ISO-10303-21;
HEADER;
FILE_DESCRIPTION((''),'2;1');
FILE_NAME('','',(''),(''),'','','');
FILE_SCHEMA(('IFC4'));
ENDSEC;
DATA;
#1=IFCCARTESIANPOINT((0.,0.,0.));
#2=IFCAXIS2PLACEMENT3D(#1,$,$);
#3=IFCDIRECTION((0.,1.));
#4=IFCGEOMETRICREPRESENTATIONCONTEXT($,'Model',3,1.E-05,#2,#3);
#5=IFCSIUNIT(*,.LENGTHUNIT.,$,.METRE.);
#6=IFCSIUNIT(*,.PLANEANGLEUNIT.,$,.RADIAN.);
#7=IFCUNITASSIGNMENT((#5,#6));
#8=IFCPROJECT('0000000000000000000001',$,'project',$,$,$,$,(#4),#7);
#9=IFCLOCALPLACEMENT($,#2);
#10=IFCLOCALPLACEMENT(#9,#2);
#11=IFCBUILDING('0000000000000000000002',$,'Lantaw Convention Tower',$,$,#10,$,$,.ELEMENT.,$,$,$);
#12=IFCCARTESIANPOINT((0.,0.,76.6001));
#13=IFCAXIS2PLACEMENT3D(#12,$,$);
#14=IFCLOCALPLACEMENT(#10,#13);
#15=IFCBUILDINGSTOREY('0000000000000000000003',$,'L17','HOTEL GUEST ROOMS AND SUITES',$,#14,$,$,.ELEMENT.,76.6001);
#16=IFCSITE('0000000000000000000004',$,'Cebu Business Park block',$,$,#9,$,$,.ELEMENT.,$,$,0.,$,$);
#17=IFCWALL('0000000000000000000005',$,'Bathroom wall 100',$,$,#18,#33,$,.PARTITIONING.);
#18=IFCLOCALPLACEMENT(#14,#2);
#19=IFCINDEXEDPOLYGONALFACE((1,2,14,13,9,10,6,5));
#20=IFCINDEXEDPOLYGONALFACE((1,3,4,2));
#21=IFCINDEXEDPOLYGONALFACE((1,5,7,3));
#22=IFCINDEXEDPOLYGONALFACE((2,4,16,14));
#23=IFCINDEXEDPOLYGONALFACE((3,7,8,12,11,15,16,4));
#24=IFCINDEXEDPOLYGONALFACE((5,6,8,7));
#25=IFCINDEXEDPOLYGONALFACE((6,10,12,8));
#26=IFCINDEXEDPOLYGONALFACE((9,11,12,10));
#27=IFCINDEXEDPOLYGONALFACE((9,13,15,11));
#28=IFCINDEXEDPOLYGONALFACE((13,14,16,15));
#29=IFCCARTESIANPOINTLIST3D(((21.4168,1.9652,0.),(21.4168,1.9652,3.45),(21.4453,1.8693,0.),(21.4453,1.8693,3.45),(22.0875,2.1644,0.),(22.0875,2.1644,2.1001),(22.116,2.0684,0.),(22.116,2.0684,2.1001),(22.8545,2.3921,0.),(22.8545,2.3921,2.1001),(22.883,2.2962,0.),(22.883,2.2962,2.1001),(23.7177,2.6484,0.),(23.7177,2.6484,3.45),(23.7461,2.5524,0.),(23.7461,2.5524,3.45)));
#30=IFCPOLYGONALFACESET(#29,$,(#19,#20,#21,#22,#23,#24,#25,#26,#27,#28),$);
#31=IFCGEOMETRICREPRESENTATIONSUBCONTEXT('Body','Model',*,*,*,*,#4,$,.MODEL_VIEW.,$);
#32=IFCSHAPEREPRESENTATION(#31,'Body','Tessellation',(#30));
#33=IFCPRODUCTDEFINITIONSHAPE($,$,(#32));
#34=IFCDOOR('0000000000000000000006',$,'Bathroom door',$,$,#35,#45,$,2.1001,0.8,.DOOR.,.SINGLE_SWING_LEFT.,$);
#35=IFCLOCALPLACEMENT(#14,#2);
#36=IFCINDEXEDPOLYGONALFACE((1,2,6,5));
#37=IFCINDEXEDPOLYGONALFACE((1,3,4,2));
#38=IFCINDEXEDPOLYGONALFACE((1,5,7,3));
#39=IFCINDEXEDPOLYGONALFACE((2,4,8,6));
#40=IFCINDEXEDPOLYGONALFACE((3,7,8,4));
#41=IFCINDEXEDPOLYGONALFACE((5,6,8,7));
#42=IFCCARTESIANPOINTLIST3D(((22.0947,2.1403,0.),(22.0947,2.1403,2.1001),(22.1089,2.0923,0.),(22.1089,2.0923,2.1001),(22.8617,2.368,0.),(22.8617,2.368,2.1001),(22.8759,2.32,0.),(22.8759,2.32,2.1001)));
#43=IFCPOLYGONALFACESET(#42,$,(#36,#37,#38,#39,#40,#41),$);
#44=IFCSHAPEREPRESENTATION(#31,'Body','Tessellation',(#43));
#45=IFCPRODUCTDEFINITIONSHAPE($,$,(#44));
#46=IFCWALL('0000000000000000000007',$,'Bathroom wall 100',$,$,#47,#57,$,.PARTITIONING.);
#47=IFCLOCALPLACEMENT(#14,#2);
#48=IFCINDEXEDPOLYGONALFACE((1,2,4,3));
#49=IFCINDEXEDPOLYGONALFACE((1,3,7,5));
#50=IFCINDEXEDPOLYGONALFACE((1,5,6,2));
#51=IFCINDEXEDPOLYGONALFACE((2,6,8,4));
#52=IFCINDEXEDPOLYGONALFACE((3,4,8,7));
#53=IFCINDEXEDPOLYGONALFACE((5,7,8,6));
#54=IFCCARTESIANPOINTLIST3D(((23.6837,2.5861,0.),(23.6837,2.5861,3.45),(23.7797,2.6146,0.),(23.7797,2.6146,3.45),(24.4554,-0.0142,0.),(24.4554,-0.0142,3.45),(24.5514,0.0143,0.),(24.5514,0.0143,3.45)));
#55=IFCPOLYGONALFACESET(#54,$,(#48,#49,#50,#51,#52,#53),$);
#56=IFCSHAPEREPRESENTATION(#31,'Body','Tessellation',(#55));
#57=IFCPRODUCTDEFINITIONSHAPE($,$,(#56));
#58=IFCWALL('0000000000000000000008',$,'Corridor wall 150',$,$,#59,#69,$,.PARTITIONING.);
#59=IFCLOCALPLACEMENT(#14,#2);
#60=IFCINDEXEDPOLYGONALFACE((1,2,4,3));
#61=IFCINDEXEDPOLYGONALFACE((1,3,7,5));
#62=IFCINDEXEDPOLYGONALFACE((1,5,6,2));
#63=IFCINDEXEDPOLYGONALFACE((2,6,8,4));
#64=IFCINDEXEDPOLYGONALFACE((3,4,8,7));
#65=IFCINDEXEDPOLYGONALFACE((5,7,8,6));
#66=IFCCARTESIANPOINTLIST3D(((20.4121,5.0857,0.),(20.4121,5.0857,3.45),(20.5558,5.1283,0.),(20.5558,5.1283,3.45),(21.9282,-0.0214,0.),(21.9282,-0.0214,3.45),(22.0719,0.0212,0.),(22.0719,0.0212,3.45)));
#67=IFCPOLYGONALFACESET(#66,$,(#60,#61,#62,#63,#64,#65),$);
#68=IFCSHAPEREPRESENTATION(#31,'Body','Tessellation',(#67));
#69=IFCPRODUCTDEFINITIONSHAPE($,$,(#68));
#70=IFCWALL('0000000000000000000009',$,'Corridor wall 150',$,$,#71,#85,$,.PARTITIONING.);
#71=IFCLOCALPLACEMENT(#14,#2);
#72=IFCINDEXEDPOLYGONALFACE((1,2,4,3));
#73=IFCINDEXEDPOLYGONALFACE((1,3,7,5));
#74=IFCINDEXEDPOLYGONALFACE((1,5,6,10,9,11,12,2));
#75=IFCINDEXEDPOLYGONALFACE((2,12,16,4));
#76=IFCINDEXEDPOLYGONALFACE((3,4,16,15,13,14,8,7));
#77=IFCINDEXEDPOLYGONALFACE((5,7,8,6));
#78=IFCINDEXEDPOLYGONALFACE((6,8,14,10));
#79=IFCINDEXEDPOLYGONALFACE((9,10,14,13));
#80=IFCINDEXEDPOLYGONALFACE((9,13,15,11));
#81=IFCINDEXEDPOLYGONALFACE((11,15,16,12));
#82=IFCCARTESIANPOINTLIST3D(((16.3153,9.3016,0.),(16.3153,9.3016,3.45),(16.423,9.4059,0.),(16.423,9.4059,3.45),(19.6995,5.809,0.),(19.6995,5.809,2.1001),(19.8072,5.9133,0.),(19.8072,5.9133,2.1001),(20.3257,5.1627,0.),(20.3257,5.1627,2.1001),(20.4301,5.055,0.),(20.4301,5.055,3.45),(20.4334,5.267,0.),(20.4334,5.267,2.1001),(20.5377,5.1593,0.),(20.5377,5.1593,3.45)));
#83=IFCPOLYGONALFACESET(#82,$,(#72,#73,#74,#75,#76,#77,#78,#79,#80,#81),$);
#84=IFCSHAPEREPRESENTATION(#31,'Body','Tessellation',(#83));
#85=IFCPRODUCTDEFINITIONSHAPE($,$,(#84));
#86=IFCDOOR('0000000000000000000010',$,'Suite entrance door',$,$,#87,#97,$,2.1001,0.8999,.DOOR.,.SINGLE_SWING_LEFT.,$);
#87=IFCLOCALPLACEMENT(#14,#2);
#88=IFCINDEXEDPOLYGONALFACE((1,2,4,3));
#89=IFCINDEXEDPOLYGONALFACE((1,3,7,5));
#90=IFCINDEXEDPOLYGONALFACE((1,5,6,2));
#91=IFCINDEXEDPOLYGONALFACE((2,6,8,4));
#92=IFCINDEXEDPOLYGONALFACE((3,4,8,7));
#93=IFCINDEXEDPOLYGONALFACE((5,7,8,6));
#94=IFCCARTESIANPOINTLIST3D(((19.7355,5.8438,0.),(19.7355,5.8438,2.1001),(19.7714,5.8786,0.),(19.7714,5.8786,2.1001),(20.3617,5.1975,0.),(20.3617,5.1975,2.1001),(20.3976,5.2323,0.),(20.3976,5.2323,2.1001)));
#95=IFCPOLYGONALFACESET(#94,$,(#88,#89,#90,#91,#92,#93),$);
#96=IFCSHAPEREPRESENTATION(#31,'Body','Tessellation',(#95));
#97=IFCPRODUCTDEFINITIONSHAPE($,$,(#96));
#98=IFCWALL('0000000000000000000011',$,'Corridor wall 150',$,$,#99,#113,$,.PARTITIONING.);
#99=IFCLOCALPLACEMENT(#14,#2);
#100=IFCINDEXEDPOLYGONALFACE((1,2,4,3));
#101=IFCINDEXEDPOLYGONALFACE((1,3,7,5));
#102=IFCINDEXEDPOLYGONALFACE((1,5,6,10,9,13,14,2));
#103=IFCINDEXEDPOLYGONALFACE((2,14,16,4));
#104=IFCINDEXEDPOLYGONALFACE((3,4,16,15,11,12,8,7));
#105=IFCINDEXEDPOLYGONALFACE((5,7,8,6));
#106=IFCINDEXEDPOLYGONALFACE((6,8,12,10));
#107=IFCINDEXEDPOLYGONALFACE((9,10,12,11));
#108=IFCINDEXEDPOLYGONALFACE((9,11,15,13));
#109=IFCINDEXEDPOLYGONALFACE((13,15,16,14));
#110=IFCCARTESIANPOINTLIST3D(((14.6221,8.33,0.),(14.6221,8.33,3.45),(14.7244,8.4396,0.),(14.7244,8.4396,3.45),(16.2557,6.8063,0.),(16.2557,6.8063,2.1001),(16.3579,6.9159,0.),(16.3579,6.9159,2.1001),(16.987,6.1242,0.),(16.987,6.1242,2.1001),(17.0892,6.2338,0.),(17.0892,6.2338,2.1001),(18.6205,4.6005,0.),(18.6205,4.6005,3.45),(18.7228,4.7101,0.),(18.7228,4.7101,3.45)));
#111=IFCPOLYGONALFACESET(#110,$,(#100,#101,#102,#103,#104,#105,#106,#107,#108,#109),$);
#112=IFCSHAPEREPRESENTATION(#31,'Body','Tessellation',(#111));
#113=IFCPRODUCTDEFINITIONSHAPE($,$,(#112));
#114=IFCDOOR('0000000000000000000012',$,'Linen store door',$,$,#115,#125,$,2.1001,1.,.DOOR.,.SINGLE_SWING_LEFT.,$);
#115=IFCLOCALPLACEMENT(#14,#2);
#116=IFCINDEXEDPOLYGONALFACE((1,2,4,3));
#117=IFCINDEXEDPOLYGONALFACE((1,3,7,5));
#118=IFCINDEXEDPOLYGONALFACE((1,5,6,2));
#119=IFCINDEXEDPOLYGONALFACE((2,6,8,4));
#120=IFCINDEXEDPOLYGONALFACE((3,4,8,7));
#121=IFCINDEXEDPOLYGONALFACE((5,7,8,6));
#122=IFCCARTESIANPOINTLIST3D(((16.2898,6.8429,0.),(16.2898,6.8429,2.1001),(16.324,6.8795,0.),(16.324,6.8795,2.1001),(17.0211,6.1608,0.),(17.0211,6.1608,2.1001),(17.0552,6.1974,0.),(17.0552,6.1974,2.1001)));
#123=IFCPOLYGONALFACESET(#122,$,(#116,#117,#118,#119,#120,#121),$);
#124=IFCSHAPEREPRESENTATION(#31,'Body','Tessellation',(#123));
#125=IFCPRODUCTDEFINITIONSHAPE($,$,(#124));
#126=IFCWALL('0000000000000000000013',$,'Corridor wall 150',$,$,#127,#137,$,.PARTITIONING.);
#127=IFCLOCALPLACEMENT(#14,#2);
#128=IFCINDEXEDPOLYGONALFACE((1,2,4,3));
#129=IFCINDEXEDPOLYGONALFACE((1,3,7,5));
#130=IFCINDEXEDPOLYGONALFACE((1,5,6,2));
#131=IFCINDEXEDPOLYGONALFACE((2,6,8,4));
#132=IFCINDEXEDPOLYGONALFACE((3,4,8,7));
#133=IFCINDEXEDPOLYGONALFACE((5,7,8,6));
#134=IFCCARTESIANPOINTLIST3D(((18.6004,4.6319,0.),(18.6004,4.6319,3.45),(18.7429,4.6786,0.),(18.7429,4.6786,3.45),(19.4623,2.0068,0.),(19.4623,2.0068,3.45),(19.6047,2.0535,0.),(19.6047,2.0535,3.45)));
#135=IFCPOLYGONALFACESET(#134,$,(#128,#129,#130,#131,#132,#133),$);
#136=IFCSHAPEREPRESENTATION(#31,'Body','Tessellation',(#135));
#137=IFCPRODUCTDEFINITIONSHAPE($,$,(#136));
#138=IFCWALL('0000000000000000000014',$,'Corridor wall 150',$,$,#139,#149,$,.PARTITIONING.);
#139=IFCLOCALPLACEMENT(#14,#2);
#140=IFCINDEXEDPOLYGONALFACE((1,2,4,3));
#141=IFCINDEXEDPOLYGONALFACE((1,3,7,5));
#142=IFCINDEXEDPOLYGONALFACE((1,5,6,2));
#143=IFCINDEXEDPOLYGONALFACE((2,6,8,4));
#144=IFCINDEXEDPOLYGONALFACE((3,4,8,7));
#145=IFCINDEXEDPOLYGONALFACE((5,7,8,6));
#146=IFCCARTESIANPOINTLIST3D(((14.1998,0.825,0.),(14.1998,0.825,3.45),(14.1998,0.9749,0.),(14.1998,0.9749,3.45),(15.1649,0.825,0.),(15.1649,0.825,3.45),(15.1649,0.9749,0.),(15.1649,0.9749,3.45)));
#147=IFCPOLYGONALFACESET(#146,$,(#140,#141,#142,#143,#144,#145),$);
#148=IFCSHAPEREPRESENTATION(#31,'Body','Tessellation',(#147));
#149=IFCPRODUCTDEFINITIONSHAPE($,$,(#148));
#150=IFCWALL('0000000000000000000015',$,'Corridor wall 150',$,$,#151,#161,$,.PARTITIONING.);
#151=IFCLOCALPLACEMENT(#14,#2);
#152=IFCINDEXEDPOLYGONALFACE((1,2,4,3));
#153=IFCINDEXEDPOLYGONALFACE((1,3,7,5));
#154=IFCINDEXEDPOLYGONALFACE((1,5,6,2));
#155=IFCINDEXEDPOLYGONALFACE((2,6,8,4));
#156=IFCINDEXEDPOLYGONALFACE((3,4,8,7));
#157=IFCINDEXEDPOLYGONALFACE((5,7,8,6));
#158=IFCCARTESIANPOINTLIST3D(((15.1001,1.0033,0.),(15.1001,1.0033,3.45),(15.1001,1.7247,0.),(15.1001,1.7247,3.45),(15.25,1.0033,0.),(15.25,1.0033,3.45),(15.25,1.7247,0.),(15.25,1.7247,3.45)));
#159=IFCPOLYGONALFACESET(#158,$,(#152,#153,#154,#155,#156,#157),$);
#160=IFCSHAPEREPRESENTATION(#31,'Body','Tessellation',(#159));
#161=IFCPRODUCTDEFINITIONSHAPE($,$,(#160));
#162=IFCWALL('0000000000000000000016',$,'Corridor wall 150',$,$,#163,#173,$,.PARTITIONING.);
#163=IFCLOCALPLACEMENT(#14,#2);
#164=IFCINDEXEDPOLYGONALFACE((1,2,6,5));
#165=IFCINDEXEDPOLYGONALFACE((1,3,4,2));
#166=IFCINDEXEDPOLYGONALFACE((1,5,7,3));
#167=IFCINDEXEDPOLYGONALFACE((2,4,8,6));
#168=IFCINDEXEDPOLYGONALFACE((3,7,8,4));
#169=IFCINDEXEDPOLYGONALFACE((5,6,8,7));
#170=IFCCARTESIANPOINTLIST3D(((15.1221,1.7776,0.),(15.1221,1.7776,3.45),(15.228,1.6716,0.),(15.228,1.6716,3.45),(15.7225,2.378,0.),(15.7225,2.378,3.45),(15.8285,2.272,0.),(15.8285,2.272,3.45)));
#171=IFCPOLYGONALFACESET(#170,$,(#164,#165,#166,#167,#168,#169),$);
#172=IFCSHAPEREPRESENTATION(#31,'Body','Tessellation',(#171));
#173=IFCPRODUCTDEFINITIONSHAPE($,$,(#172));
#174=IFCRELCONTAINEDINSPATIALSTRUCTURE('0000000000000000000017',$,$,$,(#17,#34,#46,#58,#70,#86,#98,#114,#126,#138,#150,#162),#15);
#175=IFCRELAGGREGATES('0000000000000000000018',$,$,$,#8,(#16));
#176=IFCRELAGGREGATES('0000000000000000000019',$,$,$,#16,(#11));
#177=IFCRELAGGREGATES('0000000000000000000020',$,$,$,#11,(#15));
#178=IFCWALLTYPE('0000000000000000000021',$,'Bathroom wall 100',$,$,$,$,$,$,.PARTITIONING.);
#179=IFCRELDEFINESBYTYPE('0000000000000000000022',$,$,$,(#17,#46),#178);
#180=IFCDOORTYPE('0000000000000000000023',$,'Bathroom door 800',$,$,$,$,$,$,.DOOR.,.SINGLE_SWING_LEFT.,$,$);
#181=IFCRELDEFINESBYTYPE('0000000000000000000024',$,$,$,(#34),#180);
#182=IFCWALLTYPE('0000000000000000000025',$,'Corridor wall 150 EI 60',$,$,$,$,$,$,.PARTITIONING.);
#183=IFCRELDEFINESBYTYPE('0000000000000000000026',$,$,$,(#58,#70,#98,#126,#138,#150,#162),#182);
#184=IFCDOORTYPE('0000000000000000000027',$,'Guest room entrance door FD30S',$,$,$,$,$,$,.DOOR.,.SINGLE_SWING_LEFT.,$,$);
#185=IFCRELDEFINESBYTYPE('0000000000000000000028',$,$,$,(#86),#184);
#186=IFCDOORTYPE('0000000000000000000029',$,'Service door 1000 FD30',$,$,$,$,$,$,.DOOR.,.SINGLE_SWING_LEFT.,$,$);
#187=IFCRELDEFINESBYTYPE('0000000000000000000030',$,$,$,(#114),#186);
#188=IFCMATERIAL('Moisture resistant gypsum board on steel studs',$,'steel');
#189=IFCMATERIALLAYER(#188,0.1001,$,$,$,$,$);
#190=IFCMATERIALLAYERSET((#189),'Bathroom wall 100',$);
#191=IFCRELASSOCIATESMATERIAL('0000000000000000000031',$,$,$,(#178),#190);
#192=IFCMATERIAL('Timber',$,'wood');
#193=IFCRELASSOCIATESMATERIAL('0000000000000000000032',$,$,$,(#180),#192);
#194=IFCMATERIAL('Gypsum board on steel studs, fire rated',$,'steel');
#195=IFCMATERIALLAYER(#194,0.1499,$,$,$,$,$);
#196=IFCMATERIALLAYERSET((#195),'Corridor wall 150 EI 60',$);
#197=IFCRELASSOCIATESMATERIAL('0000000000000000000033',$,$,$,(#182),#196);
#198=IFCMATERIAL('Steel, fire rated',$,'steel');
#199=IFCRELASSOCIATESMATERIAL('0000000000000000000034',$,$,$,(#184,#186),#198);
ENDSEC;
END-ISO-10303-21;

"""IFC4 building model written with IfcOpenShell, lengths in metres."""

from ifc_helpers import new_model, si_unit, direction, frame, frame_2d, origin, place, context, subcontext, project, spatial, rectangle, extrude, material, layer, layer_set, type_object, element, fill, save


model = new_model("IFC4")

# Units and contexts
model_context = context("Model", 3, precision=1e-05, world=origin(), true_north=direction((0.0, 1.0)))
body_context = subcontext(model_context, "Body", "Model", "MODEL_VIEW")
ifc_project = project(units=[si_unit("LENGTHUNIT", "METRE"), si_unit("PLANEANGLEUNIT", "RADIAN")], contexts=[model_context])

# Site, building, storey
site_placement = place(None, origin())
site = spatial("IfcSite", under=ifc_project, at=site_placement, Name="Cebu Business Park block", CompositionType="ELEMENT", RefElevation=0.0)
building_placement = place(site_placement, origin())
building = spatial("IfcBuilding", under=site, at=building_placement, Name="Lantaw Convention Tower", CompositionType="ELEMENT")
storey_placement = place(building_placement, frame((0.0, 0.0, 76.6001)))
storey = spatial("IfcBuildingStorey", under=building, at=storey_placement, Name="L17", Description="HOTEL GUEST ROOMS AND SUITES", CompositionType="ELEMENT", Elevation=76.6001)

# Wall, opening, door
ifc_material_1 = material(Name="Moisture resistant gypsum board on steel studs", Category="steel")
ifc_layer_1 = layer(ifc_material_1, 0.1001)
ifc_layer_set_1 = layer_set([ifc_layer_1], Name="Bathroom wall 100")
wall_type_1 = type_object("IfcWallType", Name="Bathroom wall 100", PredefinedType="PARTITIONING", material=ifc_layer_set_1)
wall_1_placement = place(storey_placement, frame((21.4309, 1.9172, 0.0), z_axis=(0.0, 0.0, 1.0), x_axis=(0.95864, 0.284622, 0.0)))
wall_1 = element("IfcWall", 1, at=wall_1_placement, inside=storey, type_object=wall_type_1, Name="Bathroom wall 100", PredefinedType="PARTITIONING", context=body_context, shape_type="SweptSolid", body=[
    extrude(rectangle(XDim=2.4001, YDim=0.1001, at=frame_2d((1.2002, 0.0))), origin(), (0.0, 0.0, 1.0), 3.45),
])
opening_1_placement = place(wall_1_placement, frame((0.7, 0.0, 0.0)))
opening_1 = element("IfcOpeningElement", 2, at=opening_1_placement, cuts=wall_1, PredefinedType="OPENING", context=body_context, shape_type="SweptSolid", body=[
    extrude(rectangle(XDim=0.8, YDim=2.1001, at=frame_2d((0.3999, 1.05))), frame((0.0, 0.0601, 0.0), z_axis=(0.0, -1.0, 0.0), x_axis=(1.0, 0.0, 0.0)), (0.0, 0.0, 1.0), 0.1201),
])
ifc_material_2 = material(Name="Timber", Category="wood")
door_type_1 = type_object("IfcDoorType", Name="Bathroom door 800", OperationType="SINGLE_SWING_LEFT", PredefinedType="DOOR", material=ifc_material_2)
door_1_placement = place(opening_1_placement, origin())
door_1 = element("IfcDoor", 3, at=door_1_placement, inside=storey, type_object=door_type_1, Name="Bathroom door", OperationType="SINGLE_SWING_LEFT", OverallHeight=2.1001, OverallWidth=0.8, PredefinedType="DOOR", context=body_context, shape_type="SweptSolid", body=[
    extrude(rectangle(XDim=0.8, YDim=2.1001, at=frame_2d((0.3999, 1.05))), frame((0.0, 0.0249, 0.0), z_axis=(0.0, -1.0, 0.0), x_axis=(1.0, 0.0, 0.0)), (0.0, 0.0, 1.0), 0.05),
])
fill(opening_1, door_1)

# Walls
wall_2_placement = place(storey_placement, frame((23.7317, 2.6003, 0.0), z_axis=(0.0, 0.0, 1.0), x_axis=(0.284514, -0.958672, 0.0)))
element("IfcWall", 4, at=wall_2_placement, inside=storey, type_object=wall_type_1, Name="Bathroom wall 100", PredefinedType="PARTITIONING", context=body_context, shape_type="SweptSolid", body=[
    extrude(rectangle(XDim=2.7124, YDim=0.1001, at=frame_2d((1.3562, 0.0))), origin(), (0.0, 0.0, 1.0), 3.45),
])
ifc_material_3 = material(Name="Gypsum board on steel studs, fire rated", Category="steel")
ifc_layer_2 = layer(ifc_material_3, 0.1499)
ifc_layer_set_2 = layer_set([ifc_layer_2], Name="Corridor wall 150 EI 60")
wall_type_2 = type_object("IfcWallType", Name="Corridor wall 150 EI 60", PredefinedType="PARTITIONING", material=ifc_layer_set_2)
wall_3_placement = place(storey_placement, frame((22.0, 0.0, 0.0), z_axis=(0.0, 0.0, 1.0), x_axis=(-0.284584, 0.958651, 0.0)))
element("IfcWall", 5, at=wall_3_placement, inside=storey, type_object=wall_type_2, Name="Corridor wall 150", PredefinedType="PARTITIONING", context=body_context, shape_type="SweptSolid", body=[
    extrude(rectangle(XDim=5.3274, YDim=0.1499, at=frame_2d((2.6636, 0.0))), origin(), (0.0, 0.0, 1.0), 3.45),
])

# Walls, openings, doors
wall_4_placement = place(storey_placement, frame((20.4839, 5.1072, 0.0), z_axis=(0.0, 0.0, 1.0), x_axis=(-0.695871, 0.718167, 0.0)))
wall_4 = element("IfcWall", 6, at=wall_4_placement, inside=storey, type_object=wall_type_2, Name="Corridor wall 150", PredefinedType="PARTITIONING", context=body_context, shape_type="SweptSolid", body=[
    extrude(rectangle(XDim=5.9131, YDim=0.1499, at=frame_2d((2.9565, 0.0))), origin(), (0.0, 0.0, 1.0), 3.45),
])
opening_2_placement = place(wall_4_placement, frame((0.1499, 0.0, 0.0)))
opening_2 = element("IfcOpeningElement", 7, at=opening_2_placement, cuts=wall_4, PredefinedType="OPENING", context=body_context, shape_type="SweptSolid", body=[
    extrude(rectangle(XDim=0.8999, YDim=2.1001, at=frame_2d((0.45, 1.05))), frame((0.0, 0.085, 0.0), z_axis=(0.0, -1.0, 0.0), x_axis=(1.0, 0.0, 0.0)), (0.0, 0.0, 1.0), 0.1699),
])
ifc_material_4 = material(Name="Steel, fire rated", Category="steel")
door_type_2 = type_object("IfcDoorType", Name="Guest room entrance door FD30S", OperationType="SINGLE_SWING_LEFT", PredefinedType="DOOR", material=ifc_material_4)
door_2_placement = place(opening_2_placement, origin())
door_2 = element("IfcDoor", 8, at=door_2_placement, inside=storey, type_object=door_type_2, Name="Suite entrance door", OperationType="SINGLE_SWING_LEFT", OverallHeight=2.1001, OverallWidth=0.8999, PredefinedType="DOOR", context=body_context, shape_type="SweptSolid", body=[
    extrude(rectangle(XDim=0.8999, YDim=2.1001, at=frame_2d((0.45, 1.05))), frame((0.0, 0.0249, 0.0), z_axis=(0.0, -1.0, 0.0), x_axis=(1.0, 0.0, 0.0)), (0.0, 0.0, 1.0), 0.05),
])
fill(opening_2, door_2)
wall_5_placement = place(storey_placement, frame((18.6716, 4.6553, 0.0), z_axis=(0.0, 0.0, 1.0), x_axis=(-0.73126, 0.682099, 0.0)))
wall_5 = element("IfcWall", 9, at=wall_5_placement, inside=storey, type_object=wall_type_2, Name="Corridor wall 150", PredefinedType="PARTITIONING", context=body_context, shape_type="SweptSolid", body=[
    extrude(rectangle(XDim=5.4678, YDim=0.1499, at=frame_2d((2.7339, 0.0))), origin(), (0.0, 0.0, 1.0), 3.45),
])
opening_3_placement = place(wall_5_placement, frame((2.2339, 0.0, 0.0)))
opening_3 = element("IfcOpeningElement", 10, at=opening_3_placement, cuts=wall_5, PredefinedType="OPENING", context=body_context, shape_type="SweptSolid", body=[
    extrude(rectangle(XDim=1.0, YDim=2.1001, at=frame_2d((0.5, 1.05))), frame((0.0, 0.085, 0.0), z_axis=(0.0, -1.0, 0.0), x_axis=(1.0, 0.0, 0.0)), (0.0, 0.0, 1.0), 0.1699),
])
door_type_3 = type_object("IfcDoorType", Name="Service door 1000 FD30", OperationType="SINGLE_SWING_LEFT", PredefinedType="DOOR", material=ifc_material_4)
door_3_placement = place(opening_3_placement, origin())
door_3 = element("IfcDoor", 11, at=door_3_placement, inside=storey, type_object=door_type_3, Name="Linen store door", OperationType="SINGLE_SWING_LEFT", OverallHeight=2.1001, OverallWidth=1.0, PredefinedType="DOOR", context=body_context, shape_type="SweptSolid", body=[
    extrude(rectangle(XDim=1.0, YDim=2.1001, at=frame_2d((0.5, 1.05))), frame((0.0, 0.0249, 0.0), z_axis=(0.0, -1.0, 0.0), x_axis=(1.0, 0.0, 0.0)), (0.0, 0.0, 1.0), 0.05),
])
fill(opening_3, door_3)

# Walls
wall_6_placement = place(storey_placement, frame((19.5334, 2.0303, 0.0), z_axis=(0.0, 0.0, 1.0), x_axis=(-0.31193, 0.950105, 0.0)))
element("IfcWall", 12, at=wall_6_placement, inside=storey, type_object=wall_type_2, Name="Corridor wall 150", PredefinedType="PARTITIONING", context=body_context, shape_type="SweptSolid", body=[
    extrude(rectangle(XDim=2.7629, YDim=0.1499, at=frame_2d((1.3813, 0.0))), origin(), (0.0, 0.0, 1.0), 3.45),
])
wall_7_placement = place(storey_placement, frame((14.2, 0.8999, 0.0), z_axis=(0.0, 0.0, 1.0), x_axis=(1.0, 0.0, 0.0)))
element("IfcWall", 13, at=wall_7_placement, inside=storey, type_object=wall_type_2, Name="Corridor wall 150", PredefinedType="PARTITIONING", context=body_context, shape_type="SweptSolid", body=[
    extrude(rectangle(XDim=0.9651, YDim=0.1499, at=frame_2d((0.4824, 0.0))), origin(), (0.0, 0.0, 1.0), 3.45),
])
wall_8_placement = place(storey_placement, frame((15.175, 1.0032, 0.0), z_axis=(0.0, 0.0, 1.0), x_axis=(0.0, 1.0, 0.0)))
element("IfcWall", 14, at=wall_8_placement, inside=storey, type_object=wall_type_2, Name="Corridor wall 150", PredefinedType="PARTITIONING", context=body_context, shape_type="SweptSolid", body=[
    extrude(rectangle(XDim=0.7214, YDim=0.1499, at=frame_2d((0.3608, 0.0))), origin(), (0.0, 0.0, 1.0), 3.45),
])
wall_9_placement = place(storey_placement, frame((15.175, 1.7246, 0.0), z_axis=(0.0, 0.0, 1.0), x_axis=(0.707107, 0.707107, 0.0)))
element("IfcWall", 15, at=wall_9_placement, inside=storey, type_object=wall_type_2, Name="Corridor wall 150", PredefinedType="PARTITIONING", context=body_context, shape_type="SweptSolid", body=[
    extrude(rectangle(XDim=0.8491, YDim=0.1499, at=frame_2d((0.4246, 0.0))), origin(), (0.0, 0.0, 1.0), 3.45),
])

save(model, "model.ifc")
